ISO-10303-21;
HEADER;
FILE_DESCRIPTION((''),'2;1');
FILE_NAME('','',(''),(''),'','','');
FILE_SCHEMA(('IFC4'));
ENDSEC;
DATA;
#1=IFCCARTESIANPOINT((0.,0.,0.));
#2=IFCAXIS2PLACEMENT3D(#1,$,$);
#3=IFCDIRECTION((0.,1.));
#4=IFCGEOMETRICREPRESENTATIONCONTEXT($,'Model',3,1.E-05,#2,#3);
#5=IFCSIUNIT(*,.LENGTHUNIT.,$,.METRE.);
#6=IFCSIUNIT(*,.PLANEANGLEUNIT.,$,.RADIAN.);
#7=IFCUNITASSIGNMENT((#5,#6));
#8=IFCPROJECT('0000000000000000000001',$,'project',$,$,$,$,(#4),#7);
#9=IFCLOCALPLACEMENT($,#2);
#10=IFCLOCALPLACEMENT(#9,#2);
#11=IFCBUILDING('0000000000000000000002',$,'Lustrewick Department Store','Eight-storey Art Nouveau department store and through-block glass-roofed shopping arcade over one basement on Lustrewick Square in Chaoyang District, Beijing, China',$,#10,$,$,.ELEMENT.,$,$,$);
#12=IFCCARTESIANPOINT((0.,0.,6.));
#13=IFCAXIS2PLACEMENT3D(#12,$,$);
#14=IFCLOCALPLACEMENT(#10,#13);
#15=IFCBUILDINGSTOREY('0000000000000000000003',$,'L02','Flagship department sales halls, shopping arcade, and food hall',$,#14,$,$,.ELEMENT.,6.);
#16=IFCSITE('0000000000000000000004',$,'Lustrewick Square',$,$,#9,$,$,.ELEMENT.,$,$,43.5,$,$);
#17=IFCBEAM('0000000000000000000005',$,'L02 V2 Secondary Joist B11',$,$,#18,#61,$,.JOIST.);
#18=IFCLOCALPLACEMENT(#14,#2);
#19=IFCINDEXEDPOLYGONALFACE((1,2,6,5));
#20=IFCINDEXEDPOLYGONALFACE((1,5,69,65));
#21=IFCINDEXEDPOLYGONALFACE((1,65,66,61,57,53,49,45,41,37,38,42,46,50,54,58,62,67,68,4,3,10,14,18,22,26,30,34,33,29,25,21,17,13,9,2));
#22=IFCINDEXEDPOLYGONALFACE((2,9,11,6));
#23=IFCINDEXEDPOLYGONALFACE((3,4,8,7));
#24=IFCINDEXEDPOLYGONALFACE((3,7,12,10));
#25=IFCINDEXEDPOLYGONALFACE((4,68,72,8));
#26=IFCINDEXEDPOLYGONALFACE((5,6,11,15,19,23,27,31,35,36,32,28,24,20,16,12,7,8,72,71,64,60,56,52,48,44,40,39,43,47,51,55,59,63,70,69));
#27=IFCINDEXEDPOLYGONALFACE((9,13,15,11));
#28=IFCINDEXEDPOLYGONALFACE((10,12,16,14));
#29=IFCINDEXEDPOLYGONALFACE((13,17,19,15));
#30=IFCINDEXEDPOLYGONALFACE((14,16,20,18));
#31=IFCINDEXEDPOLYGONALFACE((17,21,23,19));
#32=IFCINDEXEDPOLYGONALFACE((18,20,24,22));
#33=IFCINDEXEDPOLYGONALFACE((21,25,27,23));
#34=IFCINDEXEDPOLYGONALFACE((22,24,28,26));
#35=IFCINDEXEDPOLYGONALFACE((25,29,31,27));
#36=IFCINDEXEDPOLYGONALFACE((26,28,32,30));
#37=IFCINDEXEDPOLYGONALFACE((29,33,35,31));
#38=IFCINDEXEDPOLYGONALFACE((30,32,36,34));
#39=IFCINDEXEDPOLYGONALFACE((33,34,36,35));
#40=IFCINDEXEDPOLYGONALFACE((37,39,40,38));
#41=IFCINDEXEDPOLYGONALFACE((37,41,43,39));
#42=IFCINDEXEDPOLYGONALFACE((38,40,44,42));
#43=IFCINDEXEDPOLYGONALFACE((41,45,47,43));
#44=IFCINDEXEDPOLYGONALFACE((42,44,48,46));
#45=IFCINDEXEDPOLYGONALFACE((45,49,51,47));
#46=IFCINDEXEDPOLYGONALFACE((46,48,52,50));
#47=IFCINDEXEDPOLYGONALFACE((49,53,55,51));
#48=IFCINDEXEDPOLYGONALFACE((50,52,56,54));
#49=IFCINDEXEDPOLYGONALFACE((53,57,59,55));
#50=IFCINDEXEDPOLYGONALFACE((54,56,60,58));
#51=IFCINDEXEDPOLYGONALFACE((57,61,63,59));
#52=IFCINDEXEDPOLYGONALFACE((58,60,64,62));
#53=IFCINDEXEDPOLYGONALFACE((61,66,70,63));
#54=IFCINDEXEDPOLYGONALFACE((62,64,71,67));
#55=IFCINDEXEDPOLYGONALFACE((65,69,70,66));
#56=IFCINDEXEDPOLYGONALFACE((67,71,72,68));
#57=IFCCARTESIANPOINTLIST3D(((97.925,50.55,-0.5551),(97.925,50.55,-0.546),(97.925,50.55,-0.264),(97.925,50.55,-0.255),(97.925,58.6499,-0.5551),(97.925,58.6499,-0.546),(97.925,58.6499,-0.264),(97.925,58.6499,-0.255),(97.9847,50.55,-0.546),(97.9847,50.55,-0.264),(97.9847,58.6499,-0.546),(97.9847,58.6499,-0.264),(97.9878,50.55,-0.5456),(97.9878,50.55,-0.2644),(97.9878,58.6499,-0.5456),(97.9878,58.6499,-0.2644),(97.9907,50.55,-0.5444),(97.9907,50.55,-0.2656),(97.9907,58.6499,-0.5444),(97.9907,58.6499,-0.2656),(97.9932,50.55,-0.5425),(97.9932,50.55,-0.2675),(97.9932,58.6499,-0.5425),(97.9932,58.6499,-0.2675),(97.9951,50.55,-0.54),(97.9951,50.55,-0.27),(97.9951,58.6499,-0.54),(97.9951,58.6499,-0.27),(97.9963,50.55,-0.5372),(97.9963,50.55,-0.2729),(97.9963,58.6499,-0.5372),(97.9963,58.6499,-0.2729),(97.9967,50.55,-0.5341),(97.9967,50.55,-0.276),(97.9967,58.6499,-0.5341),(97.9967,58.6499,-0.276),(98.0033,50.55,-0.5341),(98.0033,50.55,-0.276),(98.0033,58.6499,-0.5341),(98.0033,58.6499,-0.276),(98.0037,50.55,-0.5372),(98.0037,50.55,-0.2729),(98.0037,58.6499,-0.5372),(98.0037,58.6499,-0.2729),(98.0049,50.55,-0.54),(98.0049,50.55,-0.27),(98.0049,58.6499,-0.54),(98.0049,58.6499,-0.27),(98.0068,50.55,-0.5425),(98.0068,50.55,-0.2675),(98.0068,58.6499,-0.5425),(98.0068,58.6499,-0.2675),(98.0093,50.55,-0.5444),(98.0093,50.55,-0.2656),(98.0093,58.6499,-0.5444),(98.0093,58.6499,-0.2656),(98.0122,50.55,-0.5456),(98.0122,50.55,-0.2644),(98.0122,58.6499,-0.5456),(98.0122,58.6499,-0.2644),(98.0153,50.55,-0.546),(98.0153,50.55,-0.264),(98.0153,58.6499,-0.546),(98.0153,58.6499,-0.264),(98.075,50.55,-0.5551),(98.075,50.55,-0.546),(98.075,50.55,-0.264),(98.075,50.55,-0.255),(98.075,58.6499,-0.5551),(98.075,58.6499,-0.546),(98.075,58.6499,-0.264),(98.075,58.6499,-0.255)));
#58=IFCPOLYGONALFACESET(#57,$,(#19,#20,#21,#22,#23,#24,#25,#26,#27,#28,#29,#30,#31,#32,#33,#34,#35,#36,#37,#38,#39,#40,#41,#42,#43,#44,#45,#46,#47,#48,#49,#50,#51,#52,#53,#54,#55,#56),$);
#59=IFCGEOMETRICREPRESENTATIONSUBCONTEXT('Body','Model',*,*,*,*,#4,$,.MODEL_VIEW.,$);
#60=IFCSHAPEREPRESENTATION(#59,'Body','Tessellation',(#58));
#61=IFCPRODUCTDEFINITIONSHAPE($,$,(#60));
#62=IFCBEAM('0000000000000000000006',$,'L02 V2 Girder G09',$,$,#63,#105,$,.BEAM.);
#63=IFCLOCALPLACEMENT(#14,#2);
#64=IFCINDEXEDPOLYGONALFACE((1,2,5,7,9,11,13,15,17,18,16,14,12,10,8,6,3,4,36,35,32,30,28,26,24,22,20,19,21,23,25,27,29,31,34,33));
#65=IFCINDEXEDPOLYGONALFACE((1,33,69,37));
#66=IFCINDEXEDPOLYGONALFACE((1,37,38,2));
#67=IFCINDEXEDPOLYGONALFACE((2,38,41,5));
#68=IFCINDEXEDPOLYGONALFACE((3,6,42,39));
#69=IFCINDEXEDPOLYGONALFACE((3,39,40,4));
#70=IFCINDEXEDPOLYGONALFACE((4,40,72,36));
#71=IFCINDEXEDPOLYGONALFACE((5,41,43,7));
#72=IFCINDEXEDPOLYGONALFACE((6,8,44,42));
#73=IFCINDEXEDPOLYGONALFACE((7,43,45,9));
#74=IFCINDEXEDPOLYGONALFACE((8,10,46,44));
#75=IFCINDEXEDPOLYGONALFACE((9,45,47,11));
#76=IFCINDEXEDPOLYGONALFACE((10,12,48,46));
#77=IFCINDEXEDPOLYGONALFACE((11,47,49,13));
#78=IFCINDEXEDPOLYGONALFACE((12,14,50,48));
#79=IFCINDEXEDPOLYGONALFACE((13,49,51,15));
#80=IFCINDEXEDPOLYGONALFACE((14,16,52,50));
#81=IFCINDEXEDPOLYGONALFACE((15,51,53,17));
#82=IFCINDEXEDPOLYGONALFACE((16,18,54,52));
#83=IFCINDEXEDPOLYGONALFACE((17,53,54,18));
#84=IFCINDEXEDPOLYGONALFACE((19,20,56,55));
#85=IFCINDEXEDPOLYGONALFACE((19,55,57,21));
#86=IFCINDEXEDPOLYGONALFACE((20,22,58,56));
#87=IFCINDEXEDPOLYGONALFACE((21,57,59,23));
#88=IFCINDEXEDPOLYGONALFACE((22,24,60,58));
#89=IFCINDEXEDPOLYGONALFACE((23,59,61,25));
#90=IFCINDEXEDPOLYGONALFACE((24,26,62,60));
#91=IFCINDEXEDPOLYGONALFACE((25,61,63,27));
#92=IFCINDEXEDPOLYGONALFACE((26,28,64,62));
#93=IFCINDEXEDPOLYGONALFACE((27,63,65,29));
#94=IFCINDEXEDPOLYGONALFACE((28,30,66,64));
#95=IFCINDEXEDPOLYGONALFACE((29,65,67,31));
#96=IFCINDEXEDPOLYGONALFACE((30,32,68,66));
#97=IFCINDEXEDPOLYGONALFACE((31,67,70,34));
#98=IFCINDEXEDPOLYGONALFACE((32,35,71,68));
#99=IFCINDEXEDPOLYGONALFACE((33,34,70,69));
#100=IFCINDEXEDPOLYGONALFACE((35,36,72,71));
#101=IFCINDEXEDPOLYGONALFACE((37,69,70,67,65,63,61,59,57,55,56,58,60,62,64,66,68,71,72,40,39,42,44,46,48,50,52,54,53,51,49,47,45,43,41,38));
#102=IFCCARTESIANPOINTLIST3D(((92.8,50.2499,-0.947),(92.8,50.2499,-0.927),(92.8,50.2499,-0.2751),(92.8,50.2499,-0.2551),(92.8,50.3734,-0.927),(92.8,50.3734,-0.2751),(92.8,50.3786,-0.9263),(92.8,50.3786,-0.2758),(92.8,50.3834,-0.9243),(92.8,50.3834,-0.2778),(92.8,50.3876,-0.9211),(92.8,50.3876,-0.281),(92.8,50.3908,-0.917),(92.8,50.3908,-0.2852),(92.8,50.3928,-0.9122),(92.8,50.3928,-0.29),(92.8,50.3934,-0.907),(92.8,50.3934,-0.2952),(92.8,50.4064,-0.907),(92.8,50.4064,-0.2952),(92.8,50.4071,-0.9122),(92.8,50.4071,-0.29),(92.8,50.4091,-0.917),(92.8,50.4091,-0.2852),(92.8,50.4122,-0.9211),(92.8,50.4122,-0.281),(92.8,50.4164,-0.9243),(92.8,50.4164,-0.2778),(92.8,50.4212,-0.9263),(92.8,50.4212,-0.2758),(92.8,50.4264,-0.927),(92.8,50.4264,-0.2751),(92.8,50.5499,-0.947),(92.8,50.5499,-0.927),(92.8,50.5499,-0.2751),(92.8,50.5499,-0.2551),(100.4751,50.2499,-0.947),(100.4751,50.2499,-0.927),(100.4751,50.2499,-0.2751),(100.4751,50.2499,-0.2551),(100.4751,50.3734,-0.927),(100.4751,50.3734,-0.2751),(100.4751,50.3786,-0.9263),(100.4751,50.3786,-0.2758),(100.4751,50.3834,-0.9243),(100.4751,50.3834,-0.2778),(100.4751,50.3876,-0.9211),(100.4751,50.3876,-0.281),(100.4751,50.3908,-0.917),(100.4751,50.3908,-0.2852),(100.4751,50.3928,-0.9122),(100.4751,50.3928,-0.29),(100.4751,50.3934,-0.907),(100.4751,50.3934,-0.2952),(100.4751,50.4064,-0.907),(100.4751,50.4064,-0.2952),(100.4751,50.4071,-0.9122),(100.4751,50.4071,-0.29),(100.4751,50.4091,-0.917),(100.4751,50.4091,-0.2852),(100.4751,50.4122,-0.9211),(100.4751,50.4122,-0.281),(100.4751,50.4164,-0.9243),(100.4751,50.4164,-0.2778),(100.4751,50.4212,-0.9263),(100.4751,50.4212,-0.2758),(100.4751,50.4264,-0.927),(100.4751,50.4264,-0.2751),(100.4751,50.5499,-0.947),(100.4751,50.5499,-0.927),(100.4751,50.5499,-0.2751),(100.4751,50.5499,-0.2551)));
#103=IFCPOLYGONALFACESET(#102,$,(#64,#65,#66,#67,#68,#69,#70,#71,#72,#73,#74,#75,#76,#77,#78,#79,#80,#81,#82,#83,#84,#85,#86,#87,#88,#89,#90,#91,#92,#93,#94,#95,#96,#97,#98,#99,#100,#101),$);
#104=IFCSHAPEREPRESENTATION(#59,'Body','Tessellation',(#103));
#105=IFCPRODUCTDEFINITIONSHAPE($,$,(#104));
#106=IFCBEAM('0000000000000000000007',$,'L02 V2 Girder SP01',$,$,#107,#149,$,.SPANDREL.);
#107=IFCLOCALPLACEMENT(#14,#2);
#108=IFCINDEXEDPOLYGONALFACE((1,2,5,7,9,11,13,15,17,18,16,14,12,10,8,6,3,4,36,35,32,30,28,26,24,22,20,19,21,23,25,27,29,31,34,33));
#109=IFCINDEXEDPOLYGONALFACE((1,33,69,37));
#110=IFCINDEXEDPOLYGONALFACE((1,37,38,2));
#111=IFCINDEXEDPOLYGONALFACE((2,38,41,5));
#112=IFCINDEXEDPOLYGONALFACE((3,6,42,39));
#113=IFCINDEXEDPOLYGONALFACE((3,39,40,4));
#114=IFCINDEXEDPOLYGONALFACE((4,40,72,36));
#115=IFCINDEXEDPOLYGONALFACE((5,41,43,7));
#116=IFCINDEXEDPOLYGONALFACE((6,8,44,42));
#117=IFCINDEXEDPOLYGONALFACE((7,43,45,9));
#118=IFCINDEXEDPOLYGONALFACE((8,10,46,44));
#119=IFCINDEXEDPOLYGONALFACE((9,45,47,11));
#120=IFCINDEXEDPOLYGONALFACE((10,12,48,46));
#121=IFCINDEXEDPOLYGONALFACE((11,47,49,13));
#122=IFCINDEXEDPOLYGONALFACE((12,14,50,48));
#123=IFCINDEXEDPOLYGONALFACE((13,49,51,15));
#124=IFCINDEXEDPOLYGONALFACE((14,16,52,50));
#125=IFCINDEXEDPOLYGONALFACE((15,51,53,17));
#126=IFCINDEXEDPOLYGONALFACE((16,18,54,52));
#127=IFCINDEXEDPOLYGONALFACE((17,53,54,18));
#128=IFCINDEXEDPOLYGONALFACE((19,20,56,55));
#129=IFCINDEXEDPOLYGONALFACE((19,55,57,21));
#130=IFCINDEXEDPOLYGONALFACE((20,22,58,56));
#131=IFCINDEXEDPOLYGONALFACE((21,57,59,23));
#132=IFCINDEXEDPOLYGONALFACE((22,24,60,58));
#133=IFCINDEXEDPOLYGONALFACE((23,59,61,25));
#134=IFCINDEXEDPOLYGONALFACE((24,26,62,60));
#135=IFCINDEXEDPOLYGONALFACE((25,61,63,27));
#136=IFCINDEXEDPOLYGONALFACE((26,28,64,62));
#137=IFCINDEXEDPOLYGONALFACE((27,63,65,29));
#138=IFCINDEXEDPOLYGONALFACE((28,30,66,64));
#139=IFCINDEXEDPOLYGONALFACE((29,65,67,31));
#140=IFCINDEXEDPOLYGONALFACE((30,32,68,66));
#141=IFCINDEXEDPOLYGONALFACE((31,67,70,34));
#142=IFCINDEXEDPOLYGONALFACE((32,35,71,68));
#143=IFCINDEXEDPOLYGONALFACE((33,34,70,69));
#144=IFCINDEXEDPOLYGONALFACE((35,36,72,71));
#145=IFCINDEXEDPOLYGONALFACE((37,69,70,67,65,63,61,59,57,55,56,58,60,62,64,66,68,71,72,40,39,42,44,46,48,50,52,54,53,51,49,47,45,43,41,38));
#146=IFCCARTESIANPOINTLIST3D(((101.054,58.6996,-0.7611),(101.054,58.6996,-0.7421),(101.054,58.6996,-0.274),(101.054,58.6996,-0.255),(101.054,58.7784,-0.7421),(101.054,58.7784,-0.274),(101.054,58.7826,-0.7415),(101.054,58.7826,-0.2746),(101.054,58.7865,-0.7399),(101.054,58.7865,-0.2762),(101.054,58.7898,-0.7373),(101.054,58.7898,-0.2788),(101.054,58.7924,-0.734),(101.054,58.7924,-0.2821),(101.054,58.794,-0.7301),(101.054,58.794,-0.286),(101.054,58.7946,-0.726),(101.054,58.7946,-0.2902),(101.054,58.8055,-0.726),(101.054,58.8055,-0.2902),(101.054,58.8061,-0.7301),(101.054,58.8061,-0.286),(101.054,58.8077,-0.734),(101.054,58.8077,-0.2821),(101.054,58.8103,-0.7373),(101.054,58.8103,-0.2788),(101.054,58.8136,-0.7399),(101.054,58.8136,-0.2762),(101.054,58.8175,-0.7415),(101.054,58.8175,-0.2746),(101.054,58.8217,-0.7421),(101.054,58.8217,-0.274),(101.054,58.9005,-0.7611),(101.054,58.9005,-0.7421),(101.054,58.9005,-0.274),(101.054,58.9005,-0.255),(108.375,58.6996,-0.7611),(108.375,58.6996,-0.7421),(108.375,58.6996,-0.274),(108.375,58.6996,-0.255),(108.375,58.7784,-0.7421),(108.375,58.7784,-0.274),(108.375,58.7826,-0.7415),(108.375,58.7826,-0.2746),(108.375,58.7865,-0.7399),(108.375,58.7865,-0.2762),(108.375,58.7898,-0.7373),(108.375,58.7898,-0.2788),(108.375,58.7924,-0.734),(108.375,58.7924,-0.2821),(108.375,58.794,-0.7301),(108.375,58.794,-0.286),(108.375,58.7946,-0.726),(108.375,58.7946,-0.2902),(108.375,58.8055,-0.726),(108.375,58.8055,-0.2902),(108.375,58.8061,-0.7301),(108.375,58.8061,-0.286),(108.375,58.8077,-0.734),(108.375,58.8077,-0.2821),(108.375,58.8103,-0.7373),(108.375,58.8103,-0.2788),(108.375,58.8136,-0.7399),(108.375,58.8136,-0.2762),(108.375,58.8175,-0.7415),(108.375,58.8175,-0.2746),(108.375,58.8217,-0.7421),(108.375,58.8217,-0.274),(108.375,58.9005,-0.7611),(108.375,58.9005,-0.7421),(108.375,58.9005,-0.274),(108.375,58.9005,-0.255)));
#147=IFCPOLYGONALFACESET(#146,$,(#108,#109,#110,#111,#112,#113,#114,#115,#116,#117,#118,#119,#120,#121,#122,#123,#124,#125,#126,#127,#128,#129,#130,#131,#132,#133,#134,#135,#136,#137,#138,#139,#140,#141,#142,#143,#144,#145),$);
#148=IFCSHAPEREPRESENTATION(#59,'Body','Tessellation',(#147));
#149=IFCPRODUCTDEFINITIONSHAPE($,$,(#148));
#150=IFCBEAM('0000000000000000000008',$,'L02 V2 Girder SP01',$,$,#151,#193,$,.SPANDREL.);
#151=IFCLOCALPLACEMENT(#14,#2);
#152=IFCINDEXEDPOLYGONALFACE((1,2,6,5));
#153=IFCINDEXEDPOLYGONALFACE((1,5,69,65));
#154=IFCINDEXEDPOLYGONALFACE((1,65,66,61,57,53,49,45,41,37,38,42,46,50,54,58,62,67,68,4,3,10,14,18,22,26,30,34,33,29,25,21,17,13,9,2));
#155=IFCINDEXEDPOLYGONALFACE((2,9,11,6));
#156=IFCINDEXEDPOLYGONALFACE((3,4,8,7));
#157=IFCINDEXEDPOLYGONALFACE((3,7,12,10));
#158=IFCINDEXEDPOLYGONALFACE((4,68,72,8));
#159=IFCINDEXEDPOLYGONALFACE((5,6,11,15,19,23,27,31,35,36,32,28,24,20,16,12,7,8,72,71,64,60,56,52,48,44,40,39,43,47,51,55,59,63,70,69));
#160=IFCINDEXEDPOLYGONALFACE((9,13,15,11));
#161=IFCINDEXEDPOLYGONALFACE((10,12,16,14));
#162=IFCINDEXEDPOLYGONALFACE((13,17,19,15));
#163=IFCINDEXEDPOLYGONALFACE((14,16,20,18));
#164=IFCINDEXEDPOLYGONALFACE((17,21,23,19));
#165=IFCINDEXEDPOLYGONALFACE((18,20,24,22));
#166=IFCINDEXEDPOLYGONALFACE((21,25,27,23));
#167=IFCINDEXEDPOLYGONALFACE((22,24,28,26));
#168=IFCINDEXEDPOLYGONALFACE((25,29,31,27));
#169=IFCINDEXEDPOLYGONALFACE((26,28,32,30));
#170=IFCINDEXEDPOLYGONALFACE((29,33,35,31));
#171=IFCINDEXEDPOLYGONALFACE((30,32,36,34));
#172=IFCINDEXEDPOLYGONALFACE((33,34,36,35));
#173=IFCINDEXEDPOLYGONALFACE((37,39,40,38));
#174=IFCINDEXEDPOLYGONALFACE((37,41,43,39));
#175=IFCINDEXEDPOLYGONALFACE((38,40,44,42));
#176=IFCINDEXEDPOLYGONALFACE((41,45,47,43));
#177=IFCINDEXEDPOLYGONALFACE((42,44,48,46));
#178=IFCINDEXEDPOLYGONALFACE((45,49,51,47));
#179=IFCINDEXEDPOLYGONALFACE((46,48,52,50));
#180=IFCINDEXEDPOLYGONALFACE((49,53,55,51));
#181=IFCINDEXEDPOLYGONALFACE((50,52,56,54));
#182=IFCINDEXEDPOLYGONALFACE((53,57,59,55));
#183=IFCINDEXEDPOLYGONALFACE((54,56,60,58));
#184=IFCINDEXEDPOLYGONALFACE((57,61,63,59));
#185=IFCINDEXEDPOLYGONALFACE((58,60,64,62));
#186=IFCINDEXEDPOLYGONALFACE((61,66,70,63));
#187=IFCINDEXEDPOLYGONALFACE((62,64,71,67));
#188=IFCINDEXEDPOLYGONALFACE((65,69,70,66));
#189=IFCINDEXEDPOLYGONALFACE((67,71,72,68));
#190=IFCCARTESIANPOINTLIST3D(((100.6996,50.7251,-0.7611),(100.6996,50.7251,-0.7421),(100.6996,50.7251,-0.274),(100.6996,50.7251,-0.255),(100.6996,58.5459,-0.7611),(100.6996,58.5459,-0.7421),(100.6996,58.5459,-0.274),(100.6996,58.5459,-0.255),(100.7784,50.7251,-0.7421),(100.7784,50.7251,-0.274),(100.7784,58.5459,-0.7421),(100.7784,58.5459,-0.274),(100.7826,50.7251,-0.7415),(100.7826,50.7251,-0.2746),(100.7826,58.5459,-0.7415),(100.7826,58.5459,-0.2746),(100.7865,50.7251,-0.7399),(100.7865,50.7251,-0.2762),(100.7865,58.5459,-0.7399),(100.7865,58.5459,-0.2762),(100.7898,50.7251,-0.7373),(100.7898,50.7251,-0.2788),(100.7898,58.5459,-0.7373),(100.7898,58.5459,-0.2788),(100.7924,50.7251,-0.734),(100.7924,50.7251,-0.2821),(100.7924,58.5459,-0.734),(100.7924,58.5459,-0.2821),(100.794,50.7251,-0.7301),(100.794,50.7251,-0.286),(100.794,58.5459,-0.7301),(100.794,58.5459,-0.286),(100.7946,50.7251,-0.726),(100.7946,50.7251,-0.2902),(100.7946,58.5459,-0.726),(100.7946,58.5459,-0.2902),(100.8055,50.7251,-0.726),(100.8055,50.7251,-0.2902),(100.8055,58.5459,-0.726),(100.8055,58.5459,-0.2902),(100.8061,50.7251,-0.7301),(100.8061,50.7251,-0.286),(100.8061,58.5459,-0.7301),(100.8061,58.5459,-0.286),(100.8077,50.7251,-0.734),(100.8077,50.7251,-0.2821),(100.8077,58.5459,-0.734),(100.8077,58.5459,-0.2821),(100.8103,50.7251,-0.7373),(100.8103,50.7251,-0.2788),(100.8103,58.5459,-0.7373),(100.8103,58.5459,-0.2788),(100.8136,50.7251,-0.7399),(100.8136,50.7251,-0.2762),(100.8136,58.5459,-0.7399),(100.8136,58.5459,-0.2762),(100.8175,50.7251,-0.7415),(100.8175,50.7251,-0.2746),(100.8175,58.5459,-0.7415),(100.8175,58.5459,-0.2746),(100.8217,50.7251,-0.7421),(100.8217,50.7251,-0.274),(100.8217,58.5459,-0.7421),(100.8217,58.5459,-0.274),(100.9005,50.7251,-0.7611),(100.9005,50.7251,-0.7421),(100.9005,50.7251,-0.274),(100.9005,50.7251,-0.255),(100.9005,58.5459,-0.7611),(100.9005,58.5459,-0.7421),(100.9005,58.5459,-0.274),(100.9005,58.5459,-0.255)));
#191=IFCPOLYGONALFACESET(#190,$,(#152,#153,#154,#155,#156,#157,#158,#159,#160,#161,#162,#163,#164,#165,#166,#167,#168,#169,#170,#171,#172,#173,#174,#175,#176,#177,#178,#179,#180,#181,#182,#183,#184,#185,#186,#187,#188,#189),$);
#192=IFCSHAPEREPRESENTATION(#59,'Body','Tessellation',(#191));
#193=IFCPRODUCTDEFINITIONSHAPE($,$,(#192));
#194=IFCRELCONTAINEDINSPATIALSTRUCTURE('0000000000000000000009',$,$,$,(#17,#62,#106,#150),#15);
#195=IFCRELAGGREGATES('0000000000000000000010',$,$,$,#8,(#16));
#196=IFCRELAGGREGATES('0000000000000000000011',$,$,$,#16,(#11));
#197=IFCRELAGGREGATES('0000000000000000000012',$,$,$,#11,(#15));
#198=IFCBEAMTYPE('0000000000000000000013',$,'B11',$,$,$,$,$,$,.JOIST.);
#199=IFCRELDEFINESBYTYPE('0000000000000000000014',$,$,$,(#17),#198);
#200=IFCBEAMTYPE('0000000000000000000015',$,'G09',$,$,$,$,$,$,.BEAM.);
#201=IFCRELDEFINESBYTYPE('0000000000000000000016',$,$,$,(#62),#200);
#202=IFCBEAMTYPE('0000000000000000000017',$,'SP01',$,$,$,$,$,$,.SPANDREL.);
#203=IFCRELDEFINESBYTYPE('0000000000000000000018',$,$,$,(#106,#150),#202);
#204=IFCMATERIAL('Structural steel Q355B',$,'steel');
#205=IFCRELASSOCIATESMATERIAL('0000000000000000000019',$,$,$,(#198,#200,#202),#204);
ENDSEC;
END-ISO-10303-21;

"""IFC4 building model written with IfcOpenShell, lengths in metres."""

from ifc_helpers import new_model, si_unit, direction, frame, origin, origin_2d, place, context, subcontext, project, spatial, i_section, extrude, material, material_profile, profile_set, type_object, element, save


model = new_model("IFC4")

# Units and contexts
model_context = context("Model", 3, precision=1e-05, world=origin(), true_north=direction((0.0, 1.0)))
body_context = subcontext(model_context, "Body", "Model", "MODEL_VIEW")
ifc_project = project(units=[si_unit("LENGTHUNIT", "METRE"), si_unit("PLANEANGLEUNIT", "RADIAN")], contexts=[model_context])

# Site, building, storey
site_placement = place(None, origin())
site = spatial("IfcSite", under=ifc_project, at=site_placement, Name="Lustrewick Square", CompositionType="ELEMENT", RefElevation=43.5)
building_placement = place(site_placement, origin())
building = spatial("IfcBuilding", under=site, at=building_placement, Name="Lustrewick Department Store", Description="Eight-storey Art Nouveau department store and through-block glass-roofed shopping arcade over one basement on Lustrewick Square in Chaoyang District, Beijing, China", CompositionType="ELEMENT")
storey_placement = place(building_placement, frame((0.0, 0.0, 6.0)))
storey = spatial("IfcBuildingStorey", under=building, at=storey_placement, Name="L02", Description="Flagship department sales halls, shopping arcade, and food hall", CompositionType="ELEMENT", Elevation=6.0)

# Shared definitions
ifc_material_1 = material(Name="Structural steel Q355B", Category="steel")

# Beams
ifc_material_profile_1 = material_profile(ifc_material_1, i_section(OverallWidth=0.1499, OverallDepth=0.3, WebThickness=0.0066, FlangeThickness=0.009, FilletRadius=0.012, at=origin_2d()), Name="HN 300x150x6.5x9")
ifc_profile_set_1 = profile_set([ifc_material_profile_1], Name="Structural steel Q355B")
beam_type_1 = type_object("IfcBeamType", Name="B11", PredefinedType="JOIST", material=ifc_profile_set_1)
beam_1_placement = place(storey_placement, frame((98.0, 50.55, -0.405), z_axis=(0.0, 1.0, 0.0), x_axis=(-1.0, 0.0, 0.0)))
element("IfcBeam", 1, at=beam_1_placement, inside=storey, type_object=beam_type_1, Name="L02 V2 Secondary Joist B11", PredefinedType="JOIST", context=body_context, shape_type="SweptSolid", body=[
    extrude(i_section(OverallWidth=0.1499, OverallDepth=0.3, WebThickness=0.0066, FlangeThickness=0.009, FilletRadius=0.012, at=origin_2d()), origin(), (0.0, 0.0, 1.0), 8.0999),
])
ifc_material_profile_2 = material_profile(ifc_material_1, i_section(OverallWidth=0.3, OverallDepth=0.6919, WebThickness=0.0129, FlangeThickness=0.02, FilletRadius=0.02, at=origin_2d()), Name="HN 692x300x13x20")
ifc_profile_set_2 = profile_set([ifc_material_profile_2], Name="Structural steel Q355B")
beam_type_2 = type_object("IfcBeamType", Name="G09", PredefinedType="BEAM", material=ifc_profile_set_2)
beam_2_placement = place(storey_placement, frame((92.8, 50.3999, -0.6011), z_axis=(1.0, 0.0, 0.0), x_axis=(0.0, 1.0, 0.0)))
element("IfcBeam", 2, at=beam_2_placement, inside=storey, type_object=beam_type_2, Name="L02 V2 Girder G09", PredefinedType="BEAM", context=body_context, shape_type="SweptSolid", body=[
    extrude(i_section(OverallWidth=0.3, OverallDepth=0.6919, WebThickness=0.0129, FlangeThickness=0.02, FilletRadius=0.02, at=origin_2d()), origin(), (0.0, 0.0, 1.0), 7.675),
])
ifc_material_profile_3 = material_profile(ifc_material_1, i_section(OverallWidth=0.2009, OverallDepth=0.5061, WebThickness=0.011, FlangeThickness=0.019, FilletRadius=0.0161, at=origin_2d()), Name="HN 506x201x11x19")
ifc_profile_set_3 = profile_set([ifc_material_profile_3], Name="Structural steel Q355B")
beam_type_3 = type_object("IfcBeamType", Name="SP01", PredefinedType="SPANDREL", material=ifc_profile_set_3)
beam_3_placement = place(storey_placement, frame((101.054, 58.8, -0.5081), z_axis=(1.0, 0.0, 0.0), x_axis=(0.0, 1.0, 0.0)))
element("IfcBeam", 3, at=beam_3_placement, inside=storey, type_object=beam_type_3, Name="L02 V2 Girder SP01", PredefinedType="SPANDREL", context=body_context, shape_type="SweptSolid", body=[
    extrude(i_section(OverallWidth=0.2009, OverallDepth=0.5061, WebThickness=0.011, FlangeThickness=0.019, FilletRadius=0.0161, at=origin_2d()), origin(), (0.0, 0.0, 1.0), 7.321),
])
beam_4_placement = place(storey_placement, frame((100.8, 50.7251, -0.5081), z_axis=(0.0, 1.0, 0.0), x_axis=(-1.0, 0.0, 0.0)))
element("IfcBeam", 4, at=beam_4_placement, inside=storey, type_object=beam_type_3, Name="L02 V2 Girder SP01", PredefinedType="SPANDREL", context=body_context, shape_type="SweptSolid", body=[
    extrude(i_section(OverallWidth=0.2009, OverallDepth=0.5061, WebThickness=0.011, FlangeThickness=0.019, FilletRadius=0.0161, at=origin_2d()), origin(), (0.0, 0.0, 1.0), 7.8208),
])

save(model, "model.ifc")
